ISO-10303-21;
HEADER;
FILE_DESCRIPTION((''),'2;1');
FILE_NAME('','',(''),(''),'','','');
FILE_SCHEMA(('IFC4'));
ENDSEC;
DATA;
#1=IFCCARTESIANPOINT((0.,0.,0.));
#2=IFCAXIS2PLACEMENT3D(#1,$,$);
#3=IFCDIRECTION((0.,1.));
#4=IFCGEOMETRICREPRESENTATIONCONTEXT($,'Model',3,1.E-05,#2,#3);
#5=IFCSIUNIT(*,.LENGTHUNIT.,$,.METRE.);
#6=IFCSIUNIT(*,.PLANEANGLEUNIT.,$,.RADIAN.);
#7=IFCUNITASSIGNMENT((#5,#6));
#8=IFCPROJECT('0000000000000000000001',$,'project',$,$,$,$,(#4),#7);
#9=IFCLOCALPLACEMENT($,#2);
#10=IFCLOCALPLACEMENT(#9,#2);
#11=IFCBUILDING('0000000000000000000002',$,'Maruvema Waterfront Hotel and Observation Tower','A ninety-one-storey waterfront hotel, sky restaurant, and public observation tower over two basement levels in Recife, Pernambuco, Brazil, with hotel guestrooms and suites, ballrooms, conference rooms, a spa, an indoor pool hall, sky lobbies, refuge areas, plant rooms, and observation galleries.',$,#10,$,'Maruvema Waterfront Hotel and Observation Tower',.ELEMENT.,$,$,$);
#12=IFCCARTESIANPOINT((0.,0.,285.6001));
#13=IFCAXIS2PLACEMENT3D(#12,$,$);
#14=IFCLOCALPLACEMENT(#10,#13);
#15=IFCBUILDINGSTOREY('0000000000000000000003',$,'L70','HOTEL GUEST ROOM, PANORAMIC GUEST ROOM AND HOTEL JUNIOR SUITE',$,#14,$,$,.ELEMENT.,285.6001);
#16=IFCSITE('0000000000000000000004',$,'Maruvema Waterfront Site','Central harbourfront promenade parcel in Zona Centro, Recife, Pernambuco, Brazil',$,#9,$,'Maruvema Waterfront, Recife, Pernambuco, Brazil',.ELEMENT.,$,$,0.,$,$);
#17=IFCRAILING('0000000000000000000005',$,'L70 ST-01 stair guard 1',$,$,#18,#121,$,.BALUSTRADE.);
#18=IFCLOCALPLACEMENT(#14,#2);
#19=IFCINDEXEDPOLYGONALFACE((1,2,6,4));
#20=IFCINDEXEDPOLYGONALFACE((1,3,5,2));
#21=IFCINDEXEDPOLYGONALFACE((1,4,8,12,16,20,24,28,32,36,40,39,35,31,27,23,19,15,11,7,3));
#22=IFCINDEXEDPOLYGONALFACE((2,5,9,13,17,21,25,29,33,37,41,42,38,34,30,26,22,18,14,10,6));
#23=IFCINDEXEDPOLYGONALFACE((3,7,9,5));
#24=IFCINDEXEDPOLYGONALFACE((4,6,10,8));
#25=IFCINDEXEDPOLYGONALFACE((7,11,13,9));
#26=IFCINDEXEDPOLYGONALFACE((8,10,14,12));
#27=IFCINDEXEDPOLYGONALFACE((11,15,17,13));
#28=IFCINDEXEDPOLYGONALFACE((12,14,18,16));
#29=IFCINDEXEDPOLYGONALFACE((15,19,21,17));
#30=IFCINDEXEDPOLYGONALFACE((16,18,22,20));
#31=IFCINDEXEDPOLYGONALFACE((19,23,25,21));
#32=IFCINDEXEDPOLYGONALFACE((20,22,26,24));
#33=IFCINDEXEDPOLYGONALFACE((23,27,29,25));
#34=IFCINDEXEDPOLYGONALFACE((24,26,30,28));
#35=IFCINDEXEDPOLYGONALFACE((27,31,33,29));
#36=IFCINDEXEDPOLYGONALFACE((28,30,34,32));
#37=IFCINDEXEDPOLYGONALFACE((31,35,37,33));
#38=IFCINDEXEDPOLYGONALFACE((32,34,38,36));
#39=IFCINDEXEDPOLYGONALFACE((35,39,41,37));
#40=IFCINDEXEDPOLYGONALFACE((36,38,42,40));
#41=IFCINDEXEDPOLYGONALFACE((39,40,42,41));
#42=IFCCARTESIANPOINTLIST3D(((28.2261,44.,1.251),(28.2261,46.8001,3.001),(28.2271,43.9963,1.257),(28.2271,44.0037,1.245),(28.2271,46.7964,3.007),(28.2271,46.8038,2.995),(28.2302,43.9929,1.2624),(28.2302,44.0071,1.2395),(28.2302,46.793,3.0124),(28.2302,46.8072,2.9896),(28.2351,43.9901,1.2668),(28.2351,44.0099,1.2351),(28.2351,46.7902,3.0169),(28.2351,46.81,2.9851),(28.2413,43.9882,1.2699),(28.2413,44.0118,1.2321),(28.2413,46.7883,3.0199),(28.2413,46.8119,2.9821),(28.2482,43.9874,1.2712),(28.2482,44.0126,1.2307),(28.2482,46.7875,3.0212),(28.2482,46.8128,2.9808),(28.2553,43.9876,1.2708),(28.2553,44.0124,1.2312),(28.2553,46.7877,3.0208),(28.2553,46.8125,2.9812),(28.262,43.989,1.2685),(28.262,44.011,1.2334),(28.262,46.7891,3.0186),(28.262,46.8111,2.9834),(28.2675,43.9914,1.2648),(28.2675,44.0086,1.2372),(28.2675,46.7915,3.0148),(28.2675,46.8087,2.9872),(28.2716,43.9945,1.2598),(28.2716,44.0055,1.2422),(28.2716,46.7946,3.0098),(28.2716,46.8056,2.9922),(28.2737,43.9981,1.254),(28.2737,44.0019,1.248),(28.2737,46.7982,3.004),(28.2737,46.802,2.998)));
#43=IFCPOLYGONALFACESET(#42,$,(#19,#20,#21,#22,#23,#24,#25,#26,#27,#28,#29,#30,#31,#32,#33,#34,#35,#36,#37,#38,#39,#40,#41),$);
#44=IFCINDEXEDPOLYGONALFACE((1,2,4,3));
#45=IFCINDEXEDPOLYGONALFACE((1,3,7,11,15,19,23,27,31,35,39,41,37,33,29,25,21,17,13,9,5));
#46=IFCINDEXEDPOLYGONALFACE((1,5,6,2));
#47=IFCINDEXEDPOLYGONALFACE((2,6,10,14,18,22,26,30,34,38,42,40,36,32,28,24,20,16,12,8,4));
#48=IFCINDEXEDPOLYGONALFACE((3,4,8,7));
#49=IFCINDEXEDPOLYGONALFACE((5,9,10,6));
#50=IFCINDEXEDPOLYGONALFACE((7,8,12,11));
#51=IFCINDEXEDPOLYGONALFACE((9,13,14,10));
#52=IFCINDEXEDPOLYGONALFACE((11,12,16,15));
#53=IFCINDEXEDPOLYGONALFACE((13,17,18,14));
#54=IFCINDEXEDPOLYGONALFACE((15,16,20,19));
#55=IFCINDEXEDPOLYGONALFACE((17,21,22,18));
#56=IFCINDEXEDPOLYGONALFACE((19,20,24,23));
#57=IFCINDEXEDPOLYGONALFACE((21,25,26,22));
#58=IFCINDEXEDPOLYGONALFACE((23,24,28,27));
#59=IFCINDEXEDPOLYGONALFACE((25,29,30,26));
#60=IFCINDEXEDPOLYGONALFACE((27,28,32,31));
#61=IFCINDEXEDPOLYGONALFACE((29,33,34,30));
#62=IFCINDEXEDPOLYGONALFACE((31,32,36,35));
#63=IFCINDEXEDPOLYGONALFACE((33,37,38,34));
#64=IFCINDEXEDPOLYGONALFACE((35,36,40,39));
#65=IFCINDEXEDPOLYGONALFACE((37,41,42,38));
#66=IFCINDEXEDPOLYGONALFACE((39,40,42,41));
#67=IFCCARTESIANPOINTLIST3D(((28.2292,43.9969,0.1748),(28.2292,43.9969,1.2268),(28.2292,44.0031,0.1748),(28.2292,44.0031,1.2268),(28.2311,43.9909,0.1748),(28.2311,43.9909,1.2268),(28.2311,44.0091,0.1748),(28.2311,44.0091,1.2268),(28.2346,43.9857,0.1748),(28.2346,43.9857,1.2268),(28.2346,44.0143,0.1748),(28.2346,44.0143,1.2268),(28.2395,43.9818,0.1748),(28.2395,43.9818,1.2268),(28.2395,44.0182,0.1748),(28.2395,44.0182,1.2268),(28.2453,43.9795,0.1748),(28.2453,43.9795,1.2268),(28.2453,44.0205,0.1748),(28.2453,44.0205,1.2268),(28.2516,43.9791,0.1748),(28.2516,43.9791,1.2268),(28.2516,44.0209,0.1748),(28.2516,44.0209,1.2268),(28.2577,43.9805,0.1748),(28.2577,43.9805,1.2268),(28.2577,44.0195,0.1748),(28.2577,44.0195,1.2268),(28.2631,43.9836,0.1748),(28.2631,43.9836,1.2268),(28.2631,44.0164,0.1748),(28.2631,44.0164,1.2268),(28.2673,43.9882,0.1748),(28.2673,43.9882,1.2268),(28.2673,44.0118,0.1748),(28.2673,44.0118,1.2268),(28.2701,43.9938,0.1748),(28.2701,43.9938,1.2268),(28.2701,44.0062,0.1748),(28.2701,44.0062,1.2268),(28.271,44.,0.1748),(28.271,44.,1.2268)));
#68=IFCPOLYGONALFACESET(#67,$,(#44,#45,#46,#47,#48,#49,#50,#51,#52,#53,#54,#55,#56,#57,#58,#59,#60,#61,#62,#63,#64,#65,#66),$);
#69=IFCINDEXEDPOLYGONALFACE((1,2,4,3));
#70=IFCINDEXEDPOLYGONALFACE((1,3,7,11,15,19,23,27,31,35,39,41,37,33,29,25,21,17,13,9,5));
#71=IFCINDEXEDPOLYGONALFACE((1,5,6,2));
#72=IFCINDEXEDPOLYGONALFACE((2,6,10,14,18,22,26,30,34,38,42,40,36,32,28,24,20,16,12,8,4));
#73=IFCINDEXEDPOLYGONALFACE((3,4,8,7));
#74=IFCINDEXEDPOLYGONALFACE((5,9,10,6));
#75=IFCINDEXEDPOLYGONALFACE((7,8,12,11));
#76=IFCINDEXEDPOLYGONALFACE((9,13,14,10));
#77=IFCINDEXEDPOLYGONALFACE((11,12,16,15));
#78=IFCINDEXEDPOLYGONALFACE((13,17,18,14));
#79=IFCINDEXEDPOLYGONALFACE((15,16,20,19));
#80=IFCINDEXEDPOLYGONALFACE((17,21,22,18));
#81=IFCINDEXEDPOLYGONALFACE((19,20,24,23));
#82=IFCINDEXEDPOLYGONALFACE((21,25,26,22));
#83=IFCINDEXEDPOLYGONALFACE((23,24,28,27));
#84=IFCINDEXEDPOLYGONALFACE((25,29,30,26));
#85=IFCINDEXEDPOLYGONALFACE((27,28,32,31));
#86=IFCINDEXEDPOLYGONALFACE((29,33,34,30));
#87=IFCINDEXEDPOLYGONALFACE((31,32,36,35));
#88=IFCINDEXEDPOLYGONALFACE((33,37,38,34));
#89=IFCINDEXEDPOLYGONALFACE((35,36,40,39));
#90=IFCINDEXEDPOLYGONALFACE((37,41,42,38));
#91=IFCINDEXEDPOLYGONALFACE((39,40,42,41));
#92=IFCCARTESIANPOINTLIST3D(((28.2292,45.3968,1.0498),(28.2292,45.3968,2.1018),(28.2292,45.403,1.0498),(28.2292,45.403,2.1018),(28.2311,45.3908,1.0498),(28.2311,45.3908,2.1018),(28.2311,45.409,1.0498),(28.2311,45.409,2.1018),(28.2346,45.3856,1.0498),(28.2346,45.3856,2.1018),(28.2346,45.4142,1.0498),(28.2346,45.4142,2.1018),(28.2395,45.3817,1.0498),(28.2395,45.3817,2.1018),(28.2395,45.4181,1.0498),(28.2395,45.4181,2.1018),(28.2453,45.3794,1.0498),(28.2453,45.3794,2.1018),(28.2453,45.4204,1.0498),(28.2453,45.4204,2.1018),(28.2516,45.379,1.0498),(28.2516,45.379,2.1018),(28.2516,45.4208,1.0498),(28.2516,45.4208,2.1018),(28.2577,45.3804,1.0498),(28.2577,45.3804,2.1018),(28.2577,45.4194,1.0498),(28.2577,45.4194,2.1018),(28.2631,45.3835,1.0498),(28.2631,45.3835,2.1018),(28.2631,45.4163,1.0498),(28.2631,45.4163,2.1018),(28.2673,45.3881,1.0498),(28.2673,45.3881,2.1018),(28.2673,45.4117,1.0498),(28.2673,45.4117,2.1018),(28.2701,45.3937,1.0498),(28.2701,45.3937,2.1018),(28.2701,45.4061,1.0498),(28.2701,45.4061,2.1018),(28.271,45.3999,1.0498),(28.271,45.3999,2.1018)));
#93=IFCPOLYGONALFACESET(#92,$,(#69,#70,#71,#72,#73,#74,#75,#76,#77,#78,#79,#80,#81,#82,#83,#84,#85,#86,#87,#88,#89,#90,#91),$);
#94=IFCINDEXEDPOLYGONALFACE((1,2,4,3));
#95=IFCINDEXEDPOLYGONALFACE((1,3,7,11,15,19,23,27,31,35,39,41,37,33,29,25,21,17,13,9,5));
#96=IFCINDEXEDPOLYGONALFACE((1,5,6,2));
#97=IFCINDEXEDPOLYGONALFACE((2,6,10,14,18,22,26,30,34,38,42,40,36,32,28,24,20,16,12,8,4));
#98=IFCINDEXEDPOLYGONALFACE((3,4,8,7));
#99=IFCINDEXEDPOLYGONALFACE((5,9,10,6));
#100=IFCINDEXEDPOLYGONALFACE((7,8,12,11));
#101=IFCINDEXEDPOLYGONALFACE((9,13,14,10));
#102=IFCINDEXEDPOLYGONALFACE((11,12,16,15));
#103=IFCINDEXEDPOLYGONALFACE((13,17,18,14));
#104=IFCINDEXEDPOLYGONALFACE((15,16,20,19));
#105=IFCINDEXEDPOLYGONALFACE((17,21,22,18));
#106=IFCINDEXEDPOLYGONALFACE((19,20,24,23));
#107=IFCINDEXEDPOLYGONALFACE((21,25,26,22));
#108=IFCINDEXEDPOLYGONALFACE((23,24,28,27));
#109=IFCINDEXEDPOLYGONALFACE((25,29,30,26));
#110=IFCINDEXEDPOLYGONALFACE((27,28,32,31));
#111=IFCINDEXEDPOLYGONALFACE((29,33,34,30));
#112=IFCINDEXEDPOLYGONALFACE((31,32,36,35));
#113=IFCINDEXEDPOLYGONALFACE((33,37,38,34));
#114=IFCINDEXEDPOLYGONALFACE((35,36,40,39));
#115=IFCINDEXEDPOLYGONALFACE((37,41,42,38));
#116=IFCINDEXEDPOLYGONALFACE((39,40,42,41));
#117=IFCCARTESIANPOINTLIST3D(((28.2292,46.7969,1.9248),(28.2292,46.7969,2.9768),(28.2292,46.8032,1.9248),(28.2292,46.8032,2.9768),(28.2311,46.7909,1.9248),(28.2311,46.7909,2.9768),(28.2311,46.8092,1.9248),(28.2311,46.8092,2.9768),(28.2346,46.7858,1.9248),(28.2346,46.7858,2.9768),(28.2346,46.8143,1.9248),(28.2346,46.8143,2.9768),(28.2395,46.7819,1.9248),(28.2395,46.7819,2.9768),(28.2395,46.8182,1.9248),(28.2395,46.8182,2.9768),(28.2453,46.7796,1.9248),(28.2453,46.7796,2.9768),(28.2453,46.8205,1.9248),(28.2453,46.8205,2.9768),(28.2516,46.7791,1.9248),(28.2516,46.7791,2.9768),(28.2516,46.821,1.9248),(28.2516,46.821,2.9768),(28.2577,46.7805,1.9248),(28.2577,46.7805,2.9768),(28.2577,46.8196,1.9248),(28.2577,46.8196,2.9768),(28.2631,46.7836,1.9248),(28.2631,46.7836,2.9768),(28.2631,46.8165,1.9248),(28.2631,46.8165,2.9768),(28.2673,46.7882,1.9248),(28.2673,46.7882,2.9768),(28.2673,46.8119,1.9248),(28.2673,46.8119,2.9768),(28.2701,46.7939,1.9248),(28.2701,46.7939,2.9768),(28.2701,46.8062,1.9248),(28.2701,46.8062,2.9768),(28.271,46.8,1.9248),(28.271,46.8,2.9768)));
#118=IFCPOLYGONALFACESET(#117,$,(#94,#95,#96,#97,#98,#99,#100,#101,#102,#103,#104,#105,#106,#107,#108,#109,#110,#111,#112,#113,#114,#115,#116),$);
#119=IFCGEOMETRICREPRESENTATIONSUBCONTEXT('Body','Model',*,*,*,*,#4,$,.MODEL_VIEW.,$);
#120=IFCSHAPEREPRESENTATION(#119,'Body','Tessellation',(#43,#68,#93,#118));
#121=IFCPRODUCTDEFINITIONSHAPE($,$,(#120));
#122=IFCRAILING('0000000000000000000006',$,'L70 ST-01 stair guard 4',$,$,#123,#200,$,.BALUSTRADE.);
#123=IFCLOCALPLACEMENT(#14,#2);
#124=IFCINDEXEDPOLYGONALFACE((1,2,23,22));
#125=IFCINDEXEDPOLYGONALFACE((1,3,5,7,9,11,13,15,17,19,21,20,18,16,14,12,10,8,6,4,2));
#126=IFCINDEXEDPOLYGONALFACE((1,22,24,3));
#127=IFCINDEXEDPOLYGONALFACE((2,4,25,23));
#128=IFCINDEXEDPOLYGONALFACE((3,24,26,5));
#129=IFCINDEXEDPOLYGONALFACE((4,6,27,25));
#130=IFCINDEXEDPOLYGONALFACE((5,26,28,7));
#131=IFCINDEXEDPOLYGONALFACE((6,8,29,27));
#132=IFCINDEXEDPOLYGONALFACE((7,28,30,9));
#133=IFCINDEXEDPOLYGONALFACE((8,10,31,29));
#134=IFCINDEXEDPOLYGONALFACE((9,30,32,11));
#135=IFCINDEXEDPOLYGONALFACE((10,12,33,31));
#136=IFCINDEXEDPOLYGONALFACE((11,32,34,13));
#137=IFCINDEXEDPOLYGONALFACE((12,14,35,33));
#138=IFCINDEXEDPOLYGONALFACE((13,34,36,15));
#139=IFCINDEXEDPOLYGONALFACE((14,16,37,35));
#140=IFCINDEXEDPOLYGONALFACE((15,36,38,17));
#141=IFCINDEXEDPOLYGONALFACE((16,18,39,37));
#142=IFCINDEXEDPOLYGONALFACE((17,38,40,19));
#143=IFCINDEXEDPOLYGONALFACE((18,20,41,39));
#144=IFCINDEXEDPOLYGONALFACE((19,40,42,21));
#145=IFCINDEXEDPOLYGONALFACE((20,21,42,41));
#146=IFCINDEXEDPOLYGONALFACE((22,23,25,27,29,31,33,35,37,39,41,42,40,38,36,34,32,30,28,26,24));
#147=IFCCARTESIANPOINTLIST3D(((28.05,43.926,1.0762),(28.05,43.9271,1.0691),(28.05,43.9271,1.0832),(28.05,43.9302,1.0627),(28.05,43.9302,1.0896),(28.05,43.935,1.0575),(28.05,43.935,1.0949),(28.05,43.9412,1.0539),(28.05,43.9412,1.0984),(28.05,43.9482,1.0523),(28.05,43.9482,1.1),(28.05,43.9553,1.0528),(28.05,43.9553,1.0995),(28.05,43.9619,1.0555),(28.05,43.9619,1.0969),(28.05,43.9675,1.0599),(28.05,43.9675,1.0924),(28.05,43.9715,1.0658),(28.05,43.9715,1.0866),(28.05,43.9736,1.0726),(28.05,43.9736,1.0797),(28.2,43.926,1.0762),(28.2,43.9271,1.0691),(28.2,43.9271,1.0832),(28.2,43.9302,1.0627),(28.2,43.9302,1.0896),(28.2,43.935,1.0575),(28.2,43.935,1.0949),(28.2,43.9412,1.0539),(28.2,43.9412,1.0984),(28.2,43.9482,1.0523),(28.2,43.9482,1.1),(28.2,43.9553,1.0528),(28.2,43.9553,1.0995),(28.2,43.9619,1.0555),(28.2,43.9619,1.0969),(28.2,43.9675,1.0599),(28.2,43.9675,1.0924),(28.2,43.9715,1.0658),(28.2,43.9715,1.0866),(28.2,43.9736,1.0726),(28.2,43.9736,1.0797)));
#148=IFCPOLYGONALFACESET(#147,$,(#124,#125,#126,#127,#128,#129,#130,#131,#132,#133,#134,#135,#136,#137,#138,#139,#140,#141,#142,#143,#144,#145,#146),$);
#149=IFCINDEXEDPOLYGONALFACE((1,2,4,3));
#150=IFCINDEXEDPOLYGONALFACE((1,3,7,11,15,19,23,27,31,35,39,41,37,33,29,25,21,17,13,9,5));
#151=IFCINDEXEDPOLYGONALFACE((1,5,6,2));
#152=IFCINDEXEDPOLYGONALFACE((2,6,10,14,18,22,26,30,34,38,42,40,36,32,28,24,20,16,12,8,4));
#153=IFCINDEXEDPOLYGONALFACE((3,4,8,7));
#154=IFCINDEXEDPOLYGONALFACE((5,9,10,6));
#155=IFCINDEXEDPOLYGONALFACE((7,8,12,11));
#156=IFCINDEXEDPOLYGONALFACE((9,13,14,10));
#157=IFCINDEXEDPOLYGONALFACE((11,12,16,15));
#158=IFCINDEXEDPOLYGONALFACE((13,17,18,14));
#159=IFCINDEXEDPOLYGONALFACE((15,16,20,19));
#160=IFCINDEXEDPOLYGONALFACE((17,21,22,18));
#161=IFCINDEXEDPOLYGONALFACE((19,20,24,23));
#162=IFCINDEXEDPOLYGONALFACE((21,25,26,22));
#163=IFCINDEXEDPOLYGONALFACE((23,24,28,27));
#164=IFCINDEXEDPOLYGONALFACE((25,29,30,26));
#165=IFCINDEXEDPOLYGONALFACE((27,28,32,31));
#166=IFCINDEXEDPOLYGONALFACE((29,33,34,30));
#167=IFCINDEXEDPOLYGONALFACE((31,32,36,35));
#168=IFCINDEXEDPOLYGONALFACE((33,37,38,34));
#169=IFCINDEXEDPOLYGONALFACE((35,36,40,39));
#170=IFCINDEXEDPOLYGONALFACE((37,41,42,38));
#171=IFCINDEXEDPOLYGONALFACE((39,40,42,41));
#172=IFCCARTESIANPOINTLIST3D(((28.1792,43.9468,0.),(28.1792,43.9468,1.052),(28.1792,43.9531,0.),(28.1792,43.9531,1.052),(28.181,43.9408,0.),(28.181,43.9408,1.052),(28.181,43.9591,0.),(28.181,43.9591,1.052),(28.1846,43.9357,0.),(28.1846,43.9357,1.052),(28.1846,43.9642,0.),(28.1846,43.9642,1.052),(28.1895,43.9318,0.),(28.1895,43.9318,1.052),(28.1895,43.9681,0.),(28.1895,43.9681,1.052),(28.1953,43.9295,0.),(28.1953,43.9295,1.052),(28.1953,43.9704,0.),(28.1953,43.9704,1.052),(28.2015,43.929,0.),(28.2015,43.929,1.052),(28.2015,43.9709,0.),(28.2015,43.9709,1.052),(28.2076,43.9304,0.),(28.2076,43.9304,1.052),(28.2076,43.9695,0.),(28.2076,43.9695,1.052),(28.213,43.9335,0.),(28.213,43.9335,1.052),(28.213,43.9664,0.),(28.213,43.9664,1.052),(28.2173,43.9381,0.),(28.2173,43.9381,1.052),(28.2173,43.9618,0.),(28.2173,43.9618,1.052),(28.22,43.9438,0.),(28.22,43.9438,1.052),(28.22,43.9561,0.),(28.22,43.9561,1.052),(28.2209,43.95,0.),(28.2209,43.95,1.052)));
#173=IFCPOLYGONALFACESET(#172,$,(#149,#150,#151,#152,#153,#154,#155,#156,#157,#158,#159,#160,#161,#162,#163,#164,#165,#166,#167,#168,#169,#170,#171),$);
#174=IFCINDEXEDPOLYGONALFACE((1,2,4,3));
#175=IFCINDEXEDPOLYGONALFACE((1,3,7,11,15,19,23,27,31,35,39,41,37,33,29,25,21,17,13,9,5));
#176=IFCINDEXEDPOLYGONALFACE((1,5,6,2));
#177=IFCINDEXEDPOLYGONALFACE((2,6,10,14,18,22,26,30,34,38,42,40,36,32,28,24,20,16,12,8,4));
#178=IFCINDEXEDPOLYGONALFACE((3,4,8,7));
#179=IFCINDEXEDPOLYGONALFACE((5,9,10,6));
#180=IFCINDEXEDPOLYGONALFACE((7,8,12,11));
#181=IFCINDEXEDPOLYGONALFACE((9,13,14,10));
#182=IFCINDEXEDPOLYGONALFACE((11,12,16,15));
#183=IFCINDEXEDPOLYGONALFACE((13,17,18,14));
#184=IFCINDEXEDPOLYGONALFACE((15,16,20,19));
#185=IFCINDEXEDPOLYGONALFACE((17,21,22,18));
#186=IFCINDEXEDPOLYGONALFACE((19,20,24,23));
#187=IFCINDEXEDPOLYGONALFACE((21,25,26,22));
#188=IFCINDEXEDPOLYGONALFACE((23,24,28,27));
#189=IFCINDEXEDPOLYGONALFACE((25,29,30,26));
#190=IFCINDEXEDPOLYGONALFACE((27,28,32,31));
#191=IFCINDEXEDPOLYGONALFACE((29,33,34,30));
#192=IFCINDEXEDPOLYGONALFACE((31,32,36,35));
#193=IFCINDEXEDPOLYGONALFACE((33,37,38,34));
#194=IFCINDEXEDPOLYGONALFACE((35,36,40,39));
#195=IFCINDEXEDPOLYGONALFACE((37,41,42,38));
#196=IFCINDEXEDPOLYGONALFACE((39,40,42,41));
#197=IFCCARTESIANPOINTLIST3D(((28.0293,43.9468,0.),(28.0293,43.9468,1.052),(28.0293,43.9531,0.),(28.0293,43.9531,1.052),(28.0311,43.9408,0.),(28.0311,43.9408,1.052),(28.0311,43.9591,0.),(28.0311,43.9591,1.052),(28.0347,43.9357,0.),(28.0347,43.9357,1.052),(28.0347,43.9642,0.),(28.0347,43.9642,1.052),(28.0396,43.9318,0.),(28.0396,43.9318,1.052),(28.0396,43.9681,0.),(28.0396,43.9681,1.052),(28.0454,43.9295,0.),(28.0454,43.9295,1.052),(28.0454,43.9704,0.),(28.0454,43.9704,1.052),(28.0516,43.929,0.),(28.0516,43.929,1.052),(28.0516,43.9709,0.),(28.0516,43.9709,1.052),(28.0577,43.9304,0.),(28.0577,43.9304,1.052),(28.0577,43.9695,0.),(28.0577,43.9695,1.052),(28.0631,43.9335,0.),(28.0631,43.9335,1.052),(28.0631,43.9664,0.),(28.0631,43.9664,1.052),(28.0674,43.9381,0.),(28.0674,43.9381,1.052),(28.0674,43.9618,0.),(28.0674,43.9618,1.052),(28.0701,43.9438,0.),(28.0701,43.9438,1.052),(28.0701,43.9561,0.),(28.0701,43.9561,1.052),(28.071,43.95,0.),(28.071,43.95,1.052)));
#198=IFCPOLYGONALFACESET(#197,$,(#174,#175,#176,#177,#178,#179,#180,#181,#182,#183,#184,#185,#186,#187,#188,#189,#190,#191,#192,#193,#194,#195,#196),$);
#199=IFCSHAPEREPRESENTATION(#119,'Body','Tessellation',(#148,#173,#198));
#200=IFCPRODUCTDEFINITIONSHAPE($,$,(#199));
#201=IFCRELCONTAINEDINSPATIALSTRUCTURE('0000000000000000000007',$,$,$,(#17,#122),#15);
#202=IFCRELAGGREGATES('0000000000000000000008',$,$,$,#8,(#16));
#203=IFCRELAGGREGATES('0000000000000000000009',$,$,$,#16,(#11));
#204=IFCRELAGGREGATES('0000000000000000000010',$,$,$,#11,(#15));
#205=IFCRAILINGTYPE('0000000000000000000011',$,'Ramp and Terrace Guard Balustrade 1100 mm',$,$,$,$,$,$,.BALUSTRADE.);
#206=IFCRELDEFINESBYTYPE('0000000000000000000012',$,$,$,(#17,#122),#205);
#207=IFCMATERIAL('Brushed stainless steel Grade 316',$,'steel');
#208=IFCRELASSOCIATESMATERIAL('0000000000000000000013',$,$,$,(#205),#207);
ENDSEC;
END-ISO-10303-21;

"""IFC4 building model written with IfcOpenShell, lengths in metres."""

from ifc_helpers import new_model, si_unit, direction, frame, origin, origin_2d, place, context, subcontext, project, spatial, circle, extrude, material, type_object, element, save


model = new_model("IFC4")

# Units and contexts
model_context = context("Model", 3, precision=1e-05, world=origin(), true_north=direction((0.0, 1.0)))
body_context = subcontext(model_context, "Body", "Model", "MODEL_VIEW")
ifc_project = project(units=[si_unit("LENGTHUNIT", "METRE"), si_unit("PLANEANGLEUNIT", "RADIAN")], contexts=[model_context])

# Site, building, storey
site_placement = place(None, origin())
site = spatial("IfcSite", under=ifc_project, at=site_placement, Name="Maruvema Waterfront Site", Description="Central harbourfront promenade parcel in Zona Centro, Recife, Pernambuco, Brazil", LongName="Maruvema Waterfront, Recife, Pernambuco, Brazil", CompositionType="ELEMENT", RefElevation=0.0)
building_placement = place(site_placement, origin())
building = spatial("IfcBuilding", under=site, at=building_placement, Name="Maruvema Waterfront Hotel and Observation Tower", Description="A ninety-one-storey waterfront hotel, sky restaurant, and public observation tower over two basement levels in Recife, Pernambuco, Brazil, with hotel guestrooms and suites, ballrooms, conference rooms, a spa, an indoor pool hall, sky lobbies, refuge areas, plant rooms, and observation galleries.", LongName="Maruvema Waterfront Hotel and Observation Tower", CompositionType="ELEMENT")
storey_placement = place(building_placement, frame((0.0, 0.0, 285.6001)))
storey = spatial("IfcBuildingStorey", under=building, at=storey_placement, Name="L70", Description="HOTEL GUEST ROOM, PANORAMIC GUEST ROOM AND HOTEL JUNIOR SUITE", CompositionType="ELEMENT", Elevation=285.6001)

# Railings
ifc_material_1 = material(Name="Brushed stainless steel Grade 316", Category="steel")
railing_type_1 = type_object("IfcRailingType", Name="Ramp and Terrace Guard Balustrade 1100 mm", PredefinedType="BALUSTRADE", material=ifc_material_1)
railing_1_placement = place(storey_placement, frame((28.25, 44.0, 0.1748)))
element("IfcRailing", 1, at=railing_1_placement, inside=storey, type_object=railing_type_1, Name="L70 ST-01 stair guard 1", PredefinedType="BALUSTRADE", context=body_context, shape_type="SweptSolid", body=[
    extrude(circle(Radius=0.0239, at=origin_2d()), frame((0.0, 0.0, 1.0762), z_axis=(0.0, 0.848002, 0.529992), x_axis=(-1.0, 0.0, 0.0)), (0.0, 0.0, 1.0), 3.302),
    extrude(circle(Radius=0.021, at=origin_2d()), origin(), (0.0, 0.0, 1.0), 1.052),
    extrude(circle(Radius=0.021, at=origin_2d()), frame((0.0, 1.3999, 0.875)), (0.0, 0.0, 1.0), 1.052),
    extrude(circle(Radius=0.021, at=origin_2d()), frame((0.0, 2.8, 1.75)), (0.0, 0.0, 1.0), 1.052),
])
railing_2_placement = place(storey_placement, frame((28.2, 43.95, 0.0)))
element("IfcRailing", 2, at=railing_2_placement, inside=storey, type_object=railing_type_1, Name="L70 ST-01 stair guard 4", PredefinedType="BALUSTRADE", context=body_context, shape_type="SweptSolid", body=[
    extrude(circle(Radius=0.0239, at=origin_2d()), frame((0.0, 0.0, 1.0762), z_axis=(-1.0, 0.0, 0.0), x_axis=(0.0, -1.0, 0.0)), (0.0, 0.0, 1.0), 0.1499),
    extrude(circle(Radius=0.021, at=origin_2d()), origin(), (0.0, 0.0, 1.0), 1.052),
    extrude(circle(Radius=0.021, at=origin_2d()), frame((-0.1499, 0.0, 0.0)), (0.0, 0.0, 1.0), 1.052),
])

save(model, "model.ifc")
